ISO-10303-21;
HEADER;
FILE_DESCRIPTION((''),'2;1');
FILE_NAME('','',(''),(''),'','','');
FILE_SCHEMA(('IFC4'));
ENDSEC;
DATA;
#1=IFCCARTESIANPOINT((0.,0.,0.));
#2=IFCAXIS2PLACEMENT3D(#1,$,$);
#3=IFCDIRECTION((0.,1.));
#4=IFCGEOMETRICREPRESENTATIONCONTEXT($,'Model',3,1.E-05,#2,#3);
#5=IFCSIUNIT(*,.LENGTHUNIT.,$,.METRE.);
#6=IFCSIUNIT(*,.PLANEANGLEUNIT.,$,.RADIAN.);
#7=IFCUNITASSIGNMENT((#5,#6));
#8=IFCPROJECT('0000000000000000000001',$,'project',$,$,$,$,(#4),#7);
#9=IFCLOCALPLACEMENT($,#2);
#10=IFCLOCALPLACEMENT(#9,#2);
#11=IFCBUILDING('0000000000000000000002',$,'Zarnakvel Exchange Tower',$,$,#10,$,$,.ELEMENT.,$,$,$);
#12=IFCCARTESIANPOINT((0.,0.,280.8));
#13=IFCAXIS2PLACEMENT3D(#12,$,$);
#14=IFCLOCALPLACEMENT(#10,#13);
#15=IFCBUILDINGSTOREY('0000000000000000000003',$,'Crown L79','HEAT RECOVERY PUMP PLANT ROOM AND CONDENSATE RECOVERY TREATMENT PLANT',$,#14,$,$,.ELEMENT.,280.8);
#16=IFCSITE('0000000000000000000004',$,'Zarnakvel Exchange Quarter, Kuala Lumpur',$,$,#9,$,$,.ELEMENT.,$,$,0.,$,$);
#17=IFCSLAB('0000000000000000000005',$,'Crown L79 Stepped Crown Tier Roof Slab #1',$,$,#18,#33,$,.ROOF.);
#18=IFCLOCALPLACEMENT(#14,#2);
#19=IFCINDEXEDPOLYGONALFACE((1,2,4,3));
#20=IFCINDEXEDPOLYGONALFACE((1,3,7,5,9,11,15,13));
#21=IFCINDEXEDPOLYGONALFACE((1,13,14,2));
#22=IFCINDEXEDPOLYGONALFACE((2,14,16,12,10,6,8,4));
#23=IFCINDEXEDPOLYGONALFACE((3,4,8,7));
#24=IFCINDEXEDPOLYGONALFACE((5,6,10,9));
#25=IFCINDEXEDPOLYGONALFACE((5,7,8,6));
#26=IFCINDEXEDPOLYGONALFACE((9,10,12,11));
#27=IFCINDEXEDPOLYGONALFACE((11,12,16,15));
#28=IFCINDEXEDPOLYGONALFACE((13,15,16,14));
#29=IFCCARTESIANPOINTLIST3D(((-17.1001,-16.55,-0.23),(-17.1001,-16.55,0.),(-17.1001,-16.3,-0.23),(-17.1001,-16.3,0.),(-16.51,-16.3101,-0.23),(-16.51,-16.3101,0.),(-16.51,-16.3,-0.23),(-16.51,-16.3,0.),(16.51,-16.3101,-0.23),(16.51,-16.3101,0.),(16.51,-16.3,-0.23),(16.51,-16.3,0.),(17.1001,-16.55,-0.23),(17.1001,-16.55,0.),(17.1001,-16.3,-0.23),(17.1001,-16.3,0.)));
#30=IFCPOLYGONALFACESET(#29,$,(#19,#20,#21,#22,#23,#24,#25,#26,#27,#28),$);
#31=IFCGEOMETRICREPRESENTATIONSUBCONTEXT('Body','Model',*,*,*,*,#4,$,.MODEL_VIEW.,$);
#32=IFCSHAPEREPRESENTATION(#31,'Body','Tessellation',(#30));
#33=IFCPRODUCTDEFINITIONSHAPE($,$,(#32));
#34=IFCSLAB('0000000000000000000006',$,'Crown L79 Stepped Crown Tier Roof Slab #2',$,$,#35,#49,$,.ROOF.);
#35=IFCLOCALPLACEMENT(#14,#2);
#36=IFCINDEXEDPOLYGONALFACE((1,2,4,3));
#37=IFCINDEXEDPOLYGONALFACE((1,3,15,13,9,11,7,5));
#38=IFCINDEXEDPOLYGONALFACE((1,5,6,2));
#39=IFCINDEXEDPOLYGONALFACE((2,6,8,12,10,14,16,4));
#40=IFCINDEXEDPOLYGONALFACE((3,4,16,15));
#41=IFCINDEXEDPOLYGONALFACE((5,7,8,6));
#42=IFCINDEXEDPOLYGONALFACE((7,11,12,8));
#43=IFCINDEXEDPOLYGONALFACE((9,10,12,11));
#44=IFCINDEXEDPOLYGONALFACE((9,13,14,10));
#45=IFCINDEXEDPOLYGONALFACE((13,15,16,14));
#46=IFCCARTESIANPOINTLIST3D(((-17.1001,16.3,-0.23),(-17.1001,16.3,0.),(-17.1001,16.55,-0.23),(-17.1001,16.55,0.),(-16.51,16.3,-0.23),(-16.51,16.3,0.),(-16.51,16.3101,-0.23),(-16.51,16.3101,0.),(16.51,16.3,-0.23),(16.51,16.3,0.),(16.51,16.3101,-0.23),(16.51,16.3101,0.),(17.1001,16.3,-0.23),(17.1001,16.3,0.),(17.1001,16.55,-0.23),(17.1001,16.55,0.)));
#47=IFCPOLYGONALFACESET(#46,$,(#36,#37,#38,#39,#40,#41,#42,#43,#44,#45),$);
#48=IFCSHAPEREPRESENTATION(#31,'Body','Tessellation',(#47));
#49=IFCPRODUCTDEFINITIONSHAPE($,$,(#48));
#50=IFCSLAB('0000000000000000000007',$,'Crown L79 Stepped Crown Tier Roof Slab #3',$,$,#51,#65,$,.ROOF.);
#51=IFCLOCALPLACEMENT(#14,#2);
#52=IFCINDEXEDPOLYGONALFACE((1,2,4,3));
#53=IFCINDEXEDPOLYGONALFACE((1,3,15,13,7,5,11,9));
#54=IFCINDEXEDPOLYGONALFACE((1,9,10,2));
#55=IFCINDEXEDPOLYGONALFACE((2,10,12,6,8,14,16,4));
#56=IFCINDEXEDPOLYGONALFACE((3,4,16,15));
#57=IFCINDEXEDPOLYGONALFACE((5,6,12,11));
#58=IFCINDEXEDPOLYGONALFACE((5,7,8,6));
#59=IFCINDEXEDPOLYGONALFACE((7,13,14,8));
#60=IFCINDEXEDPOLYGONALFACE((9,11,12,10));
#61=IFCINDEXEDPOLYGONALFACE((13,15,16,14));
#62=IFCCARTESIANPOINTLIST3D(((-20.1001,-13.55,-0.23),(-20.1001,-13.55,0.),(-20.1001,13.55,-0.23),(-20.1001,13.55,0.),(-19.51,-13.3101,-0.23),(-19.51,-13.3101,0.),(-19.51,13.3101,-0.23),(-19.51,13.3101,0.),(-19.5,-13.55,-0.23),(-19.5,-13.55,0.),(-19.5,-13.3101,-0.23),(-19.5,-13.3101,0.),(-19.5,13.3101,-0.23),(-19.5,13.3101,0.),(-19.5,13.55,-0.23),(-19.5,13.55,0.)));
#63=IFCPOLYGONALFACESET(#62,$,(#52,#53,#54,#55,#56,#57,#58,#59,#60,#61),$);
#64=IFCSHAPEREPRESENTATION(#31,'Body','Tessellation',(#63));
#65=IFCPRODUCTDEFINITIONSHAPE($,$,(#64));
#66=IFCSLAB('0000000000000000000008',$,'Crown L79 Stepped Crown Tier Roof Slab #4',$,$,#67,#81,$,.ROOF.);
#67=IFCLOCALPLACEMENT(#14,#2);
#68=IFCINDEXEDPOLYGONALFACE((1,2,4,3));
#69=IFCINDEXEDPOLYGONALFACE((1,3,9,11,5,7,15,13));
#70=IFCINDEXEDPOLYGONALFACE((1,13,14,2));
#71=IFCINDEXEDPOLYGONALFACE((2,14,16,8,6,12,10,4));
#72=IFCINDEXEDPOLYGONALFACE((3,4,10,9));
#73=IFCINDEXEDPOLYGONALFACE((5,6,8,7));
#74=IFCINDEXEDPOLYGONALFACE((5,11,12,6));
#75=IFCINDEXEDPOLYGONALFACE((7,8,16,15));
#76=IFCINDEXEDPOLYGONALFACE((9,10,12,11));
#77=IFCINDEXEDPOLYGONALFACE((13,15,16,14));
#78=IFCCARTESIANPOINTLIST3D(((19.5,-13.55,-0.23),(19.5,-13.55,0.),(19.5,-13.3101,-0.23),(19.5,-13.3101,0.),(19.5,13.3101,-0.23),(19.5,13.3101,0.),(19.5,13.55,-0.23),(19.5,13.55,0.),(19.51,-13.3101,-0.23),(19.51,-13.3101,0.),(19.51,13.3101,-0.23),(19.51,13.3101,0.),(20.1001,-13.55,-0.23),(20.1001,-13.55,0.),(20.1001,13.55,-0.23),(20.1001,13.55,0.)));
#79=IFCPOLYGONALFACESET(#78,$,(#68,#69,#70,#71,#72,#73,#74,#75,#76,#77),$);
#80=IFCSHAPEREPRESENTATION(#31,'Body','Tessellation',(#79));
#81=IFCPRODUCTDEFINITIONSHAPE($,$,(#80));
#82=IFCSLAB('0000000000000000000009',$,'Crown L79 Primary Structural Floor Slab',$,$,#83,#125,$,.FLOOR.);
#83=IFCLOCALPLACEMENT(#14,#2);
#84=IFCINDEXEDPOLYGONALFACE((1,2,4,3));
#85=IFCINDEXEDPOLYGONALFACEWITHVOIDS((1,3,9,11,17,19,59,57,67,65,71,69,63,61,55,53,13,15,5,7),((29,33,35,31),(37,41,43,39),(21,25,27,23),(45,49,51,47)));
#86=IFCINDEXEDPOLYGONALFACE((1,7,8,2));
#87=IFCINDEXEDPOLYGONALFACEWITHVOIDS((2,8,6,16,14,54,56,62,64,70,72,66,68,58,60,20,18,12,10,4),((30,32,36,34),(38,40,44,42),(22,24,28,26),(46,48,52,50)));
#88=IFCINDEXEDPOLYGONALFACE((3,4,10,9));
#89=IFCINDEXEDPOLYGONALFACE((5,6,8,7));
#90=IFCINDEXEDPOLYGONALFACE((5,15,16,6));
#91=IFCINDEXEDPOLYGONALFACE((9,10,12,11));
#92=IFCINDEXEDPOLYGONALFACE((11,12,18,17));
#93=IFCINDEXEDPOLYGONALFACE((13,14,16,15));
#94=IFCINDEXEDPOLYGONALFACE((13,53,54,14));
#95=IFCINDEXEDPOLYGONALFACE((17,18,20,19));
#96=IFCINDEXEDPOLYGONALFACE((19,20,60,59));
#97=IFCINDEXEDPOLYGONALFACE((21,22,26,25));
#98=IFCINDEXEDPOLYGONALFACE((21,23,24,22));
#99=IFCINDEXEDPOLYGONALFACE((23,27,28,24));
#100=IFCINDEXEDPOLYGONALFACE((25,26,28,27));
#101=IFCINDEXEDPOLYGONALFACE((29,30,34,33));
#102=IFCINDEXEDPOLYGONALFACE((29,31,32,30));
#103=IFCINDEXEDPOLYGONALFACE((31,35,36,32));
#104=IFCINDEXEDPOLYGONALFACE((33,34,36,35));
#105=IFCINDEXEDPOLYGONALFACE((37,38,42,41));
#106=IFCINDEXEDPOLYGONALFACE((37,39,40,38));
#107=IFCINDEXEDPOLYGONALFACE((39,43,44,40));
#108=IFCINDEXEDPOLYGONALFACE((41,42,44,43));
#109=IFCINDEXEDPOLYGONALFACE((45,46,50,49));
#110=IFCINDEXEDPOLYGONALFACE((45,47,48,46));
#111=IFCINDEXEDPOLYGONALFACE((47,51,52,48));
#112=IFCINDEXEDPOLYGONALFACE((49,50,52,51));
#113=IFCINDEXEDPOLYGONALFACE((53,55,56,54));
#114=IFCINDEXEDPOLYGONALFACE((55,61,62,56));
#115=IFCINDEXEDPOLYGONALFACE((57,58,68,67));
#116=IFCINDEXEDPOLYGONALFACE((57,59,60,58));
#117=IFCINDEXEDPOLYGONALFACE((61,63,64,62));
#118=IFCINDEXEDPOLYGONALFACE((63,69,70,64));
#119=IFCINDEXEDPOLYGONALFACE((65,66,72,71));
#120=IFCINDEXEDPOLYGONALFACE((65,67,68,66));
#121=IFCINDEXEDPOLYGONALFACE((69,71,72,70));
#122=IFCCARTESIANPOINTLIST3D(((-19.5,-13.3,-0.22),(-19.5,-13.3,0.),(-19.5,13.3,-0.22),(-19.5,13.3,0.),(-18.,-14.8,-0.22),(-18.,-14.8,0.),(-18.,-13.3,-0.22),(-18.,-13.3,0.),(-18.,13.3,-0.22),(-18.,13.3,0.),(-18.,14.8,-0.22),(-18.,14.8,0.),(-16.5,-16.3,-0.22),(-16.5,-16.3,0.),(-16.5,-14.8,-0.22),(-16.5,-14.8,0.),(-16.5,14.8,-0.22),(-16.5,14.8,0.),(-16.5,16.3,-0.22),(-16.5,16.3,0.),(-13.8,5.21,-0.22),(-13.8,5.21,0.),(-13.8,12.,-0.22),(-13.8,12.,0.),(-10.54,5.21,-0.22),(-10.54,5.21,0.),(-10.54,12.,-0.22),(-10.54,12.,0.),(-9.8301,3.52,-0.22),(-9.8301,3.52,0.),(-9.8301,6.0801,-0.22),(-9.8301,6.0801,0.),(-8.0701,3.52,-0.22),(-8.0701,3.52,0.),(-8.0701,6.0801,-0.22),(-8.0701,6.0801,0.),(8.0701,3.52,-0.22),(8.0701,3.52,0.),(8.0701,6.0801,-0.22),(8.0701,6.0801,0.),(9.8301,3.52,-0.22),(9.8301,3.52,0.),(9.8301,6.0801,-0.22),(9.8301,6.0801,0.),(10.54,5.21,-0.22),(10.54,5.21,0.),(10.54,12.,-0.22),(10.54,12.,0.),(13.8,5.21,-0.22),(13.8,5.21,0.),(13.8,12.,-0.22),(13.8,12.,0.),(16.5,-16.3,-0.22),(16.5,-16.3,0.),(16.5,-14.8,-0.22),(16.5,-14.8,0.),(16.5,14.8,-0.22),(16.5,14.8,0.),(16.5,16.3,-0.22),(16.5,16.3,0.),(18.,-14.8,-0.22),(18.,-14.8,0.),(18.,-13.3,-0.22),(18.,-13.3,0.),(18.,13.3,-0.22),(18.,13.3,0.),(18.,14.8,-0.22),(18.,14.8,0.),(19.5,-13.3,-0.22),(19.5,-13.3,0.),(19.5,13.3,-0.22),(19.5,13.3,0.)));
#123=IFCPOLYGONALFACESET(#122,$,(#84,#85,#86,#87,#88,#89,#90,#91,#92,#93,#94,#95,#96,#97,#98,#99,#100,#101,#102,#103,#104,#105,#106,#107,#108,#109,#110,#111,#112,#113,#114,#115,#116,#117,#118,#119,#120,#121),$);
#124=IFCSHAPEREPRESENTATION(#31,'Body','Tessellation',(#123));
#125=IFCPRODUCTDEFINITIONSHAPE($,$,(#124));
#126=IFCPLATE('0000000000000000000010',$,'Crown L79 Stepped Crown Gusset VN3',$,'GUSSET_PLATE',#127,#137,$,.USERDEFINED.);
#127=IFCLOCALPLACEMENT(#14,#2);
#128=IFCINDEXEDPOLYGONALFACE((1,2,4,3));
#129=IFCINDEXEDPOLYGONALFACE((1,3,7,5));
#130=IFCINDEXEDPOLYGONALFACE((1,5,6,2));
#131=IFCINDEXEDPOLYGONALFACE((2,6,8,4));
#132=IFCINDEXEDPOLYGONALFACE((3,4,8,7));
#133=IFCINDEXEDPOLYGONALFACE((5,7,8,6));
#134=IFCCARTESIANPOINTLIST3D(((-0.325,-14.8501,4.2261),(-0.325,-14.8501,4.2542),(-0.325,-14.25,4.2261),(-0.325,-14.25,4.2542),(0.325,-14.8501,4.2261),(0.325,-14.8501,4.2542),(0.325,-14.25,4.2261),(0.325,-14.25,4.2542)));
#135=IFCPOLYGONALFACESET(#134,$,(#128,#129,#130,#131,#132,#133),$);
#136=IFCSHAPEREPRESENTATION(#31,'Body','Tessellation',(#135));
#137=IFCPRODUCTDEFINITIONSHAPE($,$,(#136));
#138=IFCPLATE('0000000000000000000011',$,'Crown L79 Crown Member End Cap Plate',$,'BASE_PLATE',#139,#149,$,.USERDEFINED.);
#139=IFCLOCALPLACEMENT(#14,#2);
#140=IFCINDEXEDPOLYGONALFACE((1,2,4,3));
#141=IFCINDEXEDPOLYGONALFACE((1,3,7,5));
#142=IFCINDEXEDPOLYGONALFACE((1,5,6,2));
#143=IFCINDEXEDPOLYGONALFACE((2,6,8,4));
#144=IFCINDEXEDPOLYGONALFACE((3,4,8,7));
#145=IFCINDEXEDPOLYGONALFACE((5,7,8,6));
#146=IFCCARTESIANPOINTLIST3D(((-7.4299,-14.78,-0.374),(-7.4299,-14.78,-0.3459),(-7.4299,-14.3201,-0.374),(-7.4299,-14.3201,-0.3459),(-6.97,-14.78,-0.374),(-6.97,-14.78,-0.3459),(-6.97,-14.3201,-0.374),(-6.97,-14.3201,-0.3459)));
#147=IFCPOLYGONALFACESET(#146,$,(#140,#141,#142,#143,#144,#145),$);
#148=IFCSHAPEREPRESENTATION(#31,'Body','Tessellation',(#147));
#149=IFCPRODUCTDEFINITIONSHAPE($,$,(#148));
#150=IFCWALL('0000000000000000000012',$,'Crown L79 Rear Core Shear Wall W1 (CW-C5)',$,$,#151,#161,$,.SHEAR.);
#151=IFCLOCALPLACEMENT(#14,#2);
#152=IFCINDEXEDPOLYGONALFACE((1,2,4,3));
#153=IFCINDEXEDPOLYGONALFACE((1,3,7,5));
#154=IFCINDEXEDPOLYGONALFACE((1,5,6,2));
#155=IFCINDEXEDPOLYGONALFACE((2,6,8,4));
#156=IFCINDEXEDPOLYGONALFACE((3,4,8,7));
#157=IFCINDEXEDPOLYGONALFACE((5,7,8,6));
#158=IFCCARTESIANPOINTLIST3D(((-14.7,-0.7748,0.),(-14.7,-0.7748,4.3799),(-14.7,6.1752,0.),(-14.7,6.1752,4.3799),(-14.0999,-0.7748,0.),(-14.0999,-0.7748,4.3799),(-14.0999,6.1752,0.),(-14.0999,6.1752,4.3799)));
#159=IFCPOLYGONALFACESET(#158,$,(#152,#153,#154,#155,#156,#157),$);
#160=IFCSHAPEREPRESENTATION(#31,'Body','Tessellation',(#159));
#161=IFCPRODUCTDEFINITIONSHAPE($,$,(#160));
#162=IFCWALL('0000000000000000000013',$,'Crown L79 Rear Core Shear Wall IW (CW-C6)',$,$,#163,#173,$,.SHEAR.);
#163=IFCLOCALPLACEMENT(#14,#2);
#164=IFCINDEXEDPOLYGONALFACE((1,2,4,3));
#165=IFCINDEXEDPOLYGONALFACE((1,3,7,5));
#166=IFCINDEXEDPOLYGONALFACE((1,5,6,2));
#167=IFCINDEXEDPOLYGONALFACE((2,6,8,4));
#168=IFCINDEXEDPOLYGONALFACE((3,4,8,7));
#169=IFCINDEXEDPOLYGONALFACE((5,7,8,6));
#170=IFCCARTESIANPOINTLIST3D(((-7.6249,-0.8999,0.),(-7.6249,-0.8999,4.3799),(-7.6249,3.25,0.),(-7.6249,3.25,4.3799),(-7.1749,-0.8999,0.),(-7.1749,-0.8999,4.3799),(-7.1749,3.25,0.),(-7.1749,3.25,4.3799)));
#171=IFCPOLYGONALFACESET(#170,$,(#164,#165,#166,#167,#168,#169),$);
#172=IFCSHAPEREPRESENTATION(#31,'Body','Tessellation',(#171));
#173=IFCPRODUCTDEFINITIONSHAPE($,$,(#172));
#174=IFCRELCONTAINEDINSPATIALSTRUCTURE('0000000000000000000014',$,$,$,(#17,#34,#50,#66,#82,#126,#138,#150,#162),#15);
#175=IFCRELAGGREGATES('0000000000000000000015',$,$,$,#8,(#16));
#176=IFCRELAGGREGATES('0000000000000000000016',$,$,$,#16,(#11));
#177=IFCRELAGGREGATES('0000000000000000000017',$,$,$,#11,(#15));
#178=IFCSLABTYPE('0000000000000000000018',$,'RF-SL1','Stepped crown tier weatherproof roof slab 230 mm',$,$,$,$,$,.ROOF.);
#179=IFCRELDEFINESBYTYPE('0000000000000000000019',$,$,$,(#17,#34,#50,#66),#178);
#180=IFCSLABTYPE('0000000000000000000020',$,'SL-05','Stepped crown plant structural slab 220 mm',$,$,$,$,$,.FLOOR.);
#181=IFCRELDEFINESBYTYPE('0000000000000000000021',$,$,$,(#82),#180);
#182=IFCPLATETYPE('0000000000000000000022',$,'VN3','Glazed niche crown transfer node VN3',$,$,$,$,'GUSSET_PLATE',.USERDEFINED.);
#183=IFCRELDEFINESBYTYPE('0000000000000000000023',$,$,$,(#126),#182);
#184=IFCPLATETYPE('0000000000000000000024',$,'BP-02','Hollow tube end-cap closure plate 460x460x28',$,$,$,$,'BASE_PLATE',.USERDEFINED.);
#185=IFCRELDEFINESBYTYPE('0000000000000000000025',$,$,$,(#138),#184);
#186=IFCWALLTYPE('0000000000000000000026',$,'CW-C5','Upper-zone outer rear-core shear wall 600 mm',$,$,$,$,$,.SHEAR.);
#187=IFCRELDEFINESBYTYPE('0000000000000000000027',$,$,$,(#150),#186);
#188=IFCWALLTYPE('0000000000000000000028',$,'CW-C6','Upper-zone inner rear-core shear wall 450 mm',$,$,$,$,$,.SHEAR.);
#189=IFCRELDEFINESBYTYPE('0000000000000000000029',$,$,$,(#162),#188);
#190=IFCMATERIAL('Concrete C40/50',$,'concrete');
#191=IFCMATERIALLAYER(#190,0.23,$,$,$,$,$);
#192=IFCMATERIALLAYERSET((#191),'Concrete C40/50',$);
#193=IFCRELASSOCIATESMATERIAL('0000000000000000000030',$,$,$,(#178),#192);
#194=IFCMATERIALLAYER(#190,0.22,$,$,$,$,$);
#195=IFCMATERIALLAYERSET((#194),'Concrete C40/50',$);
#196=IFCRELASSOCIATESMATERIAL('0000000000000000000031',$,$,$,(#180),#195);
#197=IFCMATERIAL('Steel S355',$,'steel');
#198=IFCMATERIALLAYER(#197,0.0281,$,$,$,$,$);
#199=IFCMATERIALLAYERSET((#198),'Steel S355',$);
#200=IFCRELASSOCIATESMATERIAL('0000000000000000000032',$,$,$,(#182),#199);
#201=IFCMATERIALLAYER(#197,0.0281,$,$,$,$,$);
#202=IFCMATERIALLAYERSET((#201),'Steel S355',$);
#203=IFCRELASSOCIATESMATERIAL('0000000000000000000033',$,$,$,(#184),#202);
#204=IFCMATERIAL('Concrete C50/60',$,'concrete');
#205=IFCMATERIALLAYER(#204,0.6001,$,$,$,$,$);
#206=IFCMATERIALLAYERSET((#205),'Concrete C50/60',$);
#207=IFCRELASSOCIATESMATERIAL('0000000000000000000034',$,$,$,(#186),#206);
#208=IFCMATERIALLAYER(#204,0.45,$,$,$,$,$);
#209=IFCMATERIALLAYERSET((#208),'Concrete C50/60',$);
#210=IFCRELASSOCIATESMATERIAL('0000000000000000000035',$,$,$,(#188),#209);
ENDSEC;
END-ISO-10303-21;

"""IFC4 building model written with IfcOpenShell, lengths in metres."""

from ifc_helpers import new_model, si_unit, direction, frame, frame_2d, origin, origin_2d, place, context, subcontext, project, spatial, polyline, rectangle, outline, extrude, source, transform, mapped, material, layer, layer_set, type_object, element, save


model = new_model("IFC4")

# Units and contexts
model_context = context("Model", 3, precision=1e-05, world=origin(), true_north=direction((0.0, 1.0)))
body_context = subcontext(model_context, "Body", "Model", "MODEL_VIEW")
ifc_project = project(units=[si_unit("LENGTHUNIT", "METRE"), si_unit("PLANEANGLEUNIT", "RADIAN")], contexts=[model_context])

# Site, building, storey
site_placement = place(None, origin())
site = spatial("IfcSite", under=ifc_project, at=site_placement, Name="Zarnakvel Exchange Quarter, Kuala Lumpur", CompositionType="ELEMENT", RefElevation=0.0)
building_placement = place(site_placement, origin())
building = spatial("IfcBuilding", under=site, at=building_placement, Name="Zarnakvel Exchange Tower", CompositionType="ELEMENT")
storey_placement = place(building_placement, frame((0.0, 0.0, 280.8)))
storey = spatial("IfcBuildingStorey", under=building, at=storey_placement, Name="Crown L79", Description="HEAT RECOVERY PUMP PLANT ROOM AND CONDENSATE RECOVERY TREATMENT PLANT", CompositionType="ELEMENT", Elevation=280.8)

# Shared definitions
ifc_material_1 = material(Name="Concrete C50/60", Category="concrete")

# Shared definitions
ifc_material_2 = material(Name="Steel S355", Category="steel")

# Slabs
ifc_material_3 = material(Name="Concrete C40/50", Category="concrete")
ifc_layer_1 = layer(ifc_material_3, 0.23)
ifc_layer_set_1 = layer_set([ifc_layer_1], Name="Concrete C40/50")
slab_type_1 = type_object("IfcSlabType", Name="RF-SL1", Description="Stepped crown tier weatherproof roof slab 230 mm", PredefinedType="ROOF", material=ifc_layer_set_1)
slab_1_placement = place(storey_placement, frame((0.0, 0.0, -0.23)))
element("IfcSlab", 1, at=slab_1_placement, inside=storey, type_object=slab_type_1, Name="Crown L79 Stepped Crown Tier Roof Slab #1", PredefinedType="ROOF", context=body_context, shape_type="SweptSolid", body=[
    extrude(outline(polyline([(17.1001, -16.55), (-17.1001, -16.55), (-17.1001, -16.3), (-16.51, -16.3), (-16.51, -16.3101), (16.51, -16.3101), (16.51, -16.3), (17.1001, -16.3), (17.1001, -16.55)])), origin(), (0.0, 0.0, 1.0), 0.23),
])
slab_2_placement = place(storey_placement, frame((0.0, 0.0, -0.23)))
element("IfcSlab", 2, at=slab_2_placement, inside=storey, type_object=slab_type_1, Name="Crown L79 Stepped Crown Tier Roof Slab #2", PredefinedType="ROOF", context=body_context, shape_type="SweptSolid", body=[
    extrude(outline(polyline([(-17.1001, 16.55), (17.1001, 16.55), (17.1001, 16.3), (16.51, 16.3), (16.51, 16.3101), (-16.51, 16.3101), (-16.51, 16.3), (-17.1001, 16.3), (-17.1001, 16.55)])), origin(), (0.0, 0.0, 1.0), 0.23),
])
slab_3_placement = place(storey_placement, frame((0.0, 0.0, -0.23)))
element("IfcSlab", 3, at=slab_3_placement, inside=storey, type_object=slab_type_1, Name="Crown L79 Stepped Crown Tier Roof Slab #3", PredefinedType="ROOF", context=body_context, shape_type="SweptSolid", body=[
    extrude(outline(polyline([(-19.5, 13.55), (-19.5, 13.3101), (-19.51, 13.3101), (-19.51, -13.3101), (-19.5, -13.3101), (-19.5, -13.55), (-20.1001, -13.55), (-20.1001, 13.55), (-19.5, 13.55)])), origin(), (0.0, 0.0, 1.0), 0.23),
])
slab_4_placement = place(storey_placement, frame((0.0, 0.0, -0.23)))
element("IfcSlab", 4, at=slab_4_placement, inside=storey, type_object=slab_type_1, Name="Crown L79 Stepped Crown Tier Roof Slab #4", PredefinedType="ROOF", context=body_context, shape_type="SweptSolid", body=[
    extrude(outline(polyline([(20.1001, 13.55), (20.1001, -13.55), (19.5, -13.55), (19.5, -13.3101), (19.51, -13.3101), (19.51, 13.3101), (19.5, 13.3101), (19.5, 13.55), (20.1001, 13.55)])), origin(), (0.0, 0.0, 1.0), 0.23),
])
ifc_layer_2 = layer(ifc_material_3, 0.22)
ifc_layer_set_2 = layer_set([ifc_layer_2], Name="Concrete C40/50")
slab_type_2 = type_object("IfcSlabType", Name="SL-05", Description="Stepped crown plant structural slab 220 mm", PredefinedType="FLOOR", material=ifc_layer_set_2)
slab_5_placement = place(storey_placement, frame((0.0, 0.0, -0.22)))
element("IfcSlab", 5, at=slab_5_placement, inside=storey, type_object=slab_type_2, Name="Crown L79 Primary Structural Floor Slab", PredefinedType="FLOOR", context=body_context, shape_type="SweptSolid", body=[
    extrude(outline(polyline([(-19.5, -13.3), (-18.0, -13.3), (-18.0, -14.8), (-16.5, -14.8), (-16.5, -16.3), (16.5, -16.3), (16.5, -14.8), (18.0, -14.8), (18.0, -13.3), (19.5, -13.3), (19.5, 13.3), (18.0, 13.3), (18.0, 14.8), (16.5, 14.8), (16.5, 16.3), (-16.5, 16.3), (-16.5, 14.8), (-18.0, 14.8), (-18.0, 13.3), (-19.5, 13.3), (-19.5, -13.3)]), holes=[polyline([(-13.8, 5.21), (-10.54, 5.21), (-10.54, 12.0), (-13.8, 12.0), (-13.8, 5.21)]), polyline([(10.54, 5.21), (13.8, 5.21), (13.8, 12.0), (10.54, 12.0), (10.54, 5.21)]), polyline([(-9.8301, 3.52), (-8.0701, 3.52), (-8.0701, 6.0801), (-9.8301, 6.0801), (-9.8301, 3.52)]), polyline([(8.0701, 3.52), (9.8301, 3.52), (9.8301, 6.0801), (8.0701, 6.0801), (8.0701, 3.52)])]), origin(), (0.0, 0.0, 1.0), 0.22),
])

# Plates
ifc_layer_3 = layer(ifc_material_2, 0.0281)
ifc_layer_set_3 = layer_set([ifc_layer_3], Name="Steel S355")
plate_type_1 = type_object("IfcPlateType", Name="VN3", Description="Glazed niche crown transfer node VN3", ElementType="GUSSET_PLATE", PredefinedType="USERDEFINED", material=ifc_layer_set_3)
shared_shape_1 = source(origin(), body_context, "Body", "SweptSolid", [
    extrude(rectangle(XDim=0.6499, YDim=0.6001, at=origin_2d()), origin(), (0.0, 0.0, 1.0), 0.0281),
])
plate_1_placement = place(storey_placement, frame((0.0, -14.55, 4.2261), z_axis=(0.0, 0.0, 1.0), x_axis=(1.0, 0.0, 0.0)))
element("IfcPlate", 6, at=plate_1_placement, inside=storey, type_object=plate_type_1, Name="Crown L79 Stepped Crown Gusset VN3", ObjectType="GUSSET_PLATE", PredefinedType="USERDEFINED", context=body_context, shape_type="MappedRepresentation", body=[
    mapped(shared_shape_1, transform((0.0, 0.0, 0.0), x_axis=(1.0, 0.0, 0.0), y_axis=(0.0, 1.0, 0.0), z_axis=(0.0, 0.0, 1.0), scale=1.0)),
])
ifc_layer_4 = layer(ifc_material_2, 0.0281)
ifc_layer_set_4 = layer_set([ifc_layer_4], Name="Steel S355")
plate_type_2 = type_object("IfcPlateType", Name="BP-02", Description="Hollow tube end-cap closure plate 460x460x28", ElementType="BASE_PLATE", PredefinedType="USERDEFINED", material=ifc_layer_set_4)
shared_shape_2 = source(origin(), body_context, "Body", "SweptSolid", [
    extrude(rectangle(XDim=0.46, YDim=0.46, at=origin_2d()), origin(), (0.0, 0.0, 1.0), 0.0281),
])
plate_2_placement = place(storey_placement, frame((-7.2, -14.55, -0.374), z_axis=(0.0, 0.0, 1.0), x_axis=(1.0, 0.0, 0.0)))
element("IfcPlate", 7, at=plate_2_placement, inside=storey, type_object=plate_type_2, Name="Crown L79 Crown Member End Cap Plate", ObjectType="BASE_PLATE", PredefinedType="USERDEFINED", context=body_context, shape_type="MappedRepresentation", body=[
    mapped(shared_shape_2, transform((0.0, 0.0, 0.0), x_axis=(1.0, 0.0, 0.0), y_axis=(0.0, 1.0, 0.0), z_axis=(0.0, 0.0, 1.0), scale=1.0)),
])

# Wall
ifc_layer_5 = layer(ifc_material_1, 0.6001)
ifc_layer_set_5 = layer_set([ifc_layer_5], Name="Concrete C50/60")
wall_type_1 = type_object("IfcWallType", Name="CW-C5", Description="Upper-zone outer rear-core shear wall 600 mm", PredefinedType="SHEAR", material=ifc_layer_set_5)
wall_1_placement = place(storey_placement, frame((-14.3999, -0.7749, 0.0), z_axis=(0.0, 0.0, 1.0), x_axis=(0.0, 1.0, 0.0)))
element("IfcWall", 8, at=wall_1_placement, inside=storey, type_object=wall_type_1, Name="Crown L79 Rear Core Shear Wall W1 (CW-C5)", PredefinedType="SHEAR", context=body_context, shape_type="SweptSolid", body=[
    extrude(rectangle(XDim=6.95, YDim=0.6001, at=frame_2d((3.4751, 0.0))), origin(), (0.0, 0.0, 1.0), 4.3799),
])

# Wall
ifc_layer_6 = layer(ifc_material_1, 0.45)
ifc_layer_set_6 = layer_set([ifc_layer_6], Name="Concrete C50/60")
wall_type_2 = type_object("IfcWallType", Name="CW-C6", Description="Upper-zone inner rear-core shear wall 450 mm", PredefinedType="SHEAR", material=ifc_layer_set_6)
wall_2_placement = place(storey_placement, frame((-7.3999, -0.8999, 0.0), z_axis=(0.0, 0.0, 1.0), x_axis=(0.0, 1.0, 0.0)))
element("IfcWall", 9, at=wall_2_placement, inside=storey, type_object=wall_type_2, Name="Crown L79 Rear Core Shear Wall IW (CW-C6)", PredefinedType="SHEAR", context=body_context, shape_type="SweptSolid", body=[
    extrude(rectangle(XDim=4.1499, YDim=0.45, at=frame_2d((2.075, 0.0))), origin(), (0.0, 0.0, 1.0), 4.3799),
])

save(model, "model.ifc")
